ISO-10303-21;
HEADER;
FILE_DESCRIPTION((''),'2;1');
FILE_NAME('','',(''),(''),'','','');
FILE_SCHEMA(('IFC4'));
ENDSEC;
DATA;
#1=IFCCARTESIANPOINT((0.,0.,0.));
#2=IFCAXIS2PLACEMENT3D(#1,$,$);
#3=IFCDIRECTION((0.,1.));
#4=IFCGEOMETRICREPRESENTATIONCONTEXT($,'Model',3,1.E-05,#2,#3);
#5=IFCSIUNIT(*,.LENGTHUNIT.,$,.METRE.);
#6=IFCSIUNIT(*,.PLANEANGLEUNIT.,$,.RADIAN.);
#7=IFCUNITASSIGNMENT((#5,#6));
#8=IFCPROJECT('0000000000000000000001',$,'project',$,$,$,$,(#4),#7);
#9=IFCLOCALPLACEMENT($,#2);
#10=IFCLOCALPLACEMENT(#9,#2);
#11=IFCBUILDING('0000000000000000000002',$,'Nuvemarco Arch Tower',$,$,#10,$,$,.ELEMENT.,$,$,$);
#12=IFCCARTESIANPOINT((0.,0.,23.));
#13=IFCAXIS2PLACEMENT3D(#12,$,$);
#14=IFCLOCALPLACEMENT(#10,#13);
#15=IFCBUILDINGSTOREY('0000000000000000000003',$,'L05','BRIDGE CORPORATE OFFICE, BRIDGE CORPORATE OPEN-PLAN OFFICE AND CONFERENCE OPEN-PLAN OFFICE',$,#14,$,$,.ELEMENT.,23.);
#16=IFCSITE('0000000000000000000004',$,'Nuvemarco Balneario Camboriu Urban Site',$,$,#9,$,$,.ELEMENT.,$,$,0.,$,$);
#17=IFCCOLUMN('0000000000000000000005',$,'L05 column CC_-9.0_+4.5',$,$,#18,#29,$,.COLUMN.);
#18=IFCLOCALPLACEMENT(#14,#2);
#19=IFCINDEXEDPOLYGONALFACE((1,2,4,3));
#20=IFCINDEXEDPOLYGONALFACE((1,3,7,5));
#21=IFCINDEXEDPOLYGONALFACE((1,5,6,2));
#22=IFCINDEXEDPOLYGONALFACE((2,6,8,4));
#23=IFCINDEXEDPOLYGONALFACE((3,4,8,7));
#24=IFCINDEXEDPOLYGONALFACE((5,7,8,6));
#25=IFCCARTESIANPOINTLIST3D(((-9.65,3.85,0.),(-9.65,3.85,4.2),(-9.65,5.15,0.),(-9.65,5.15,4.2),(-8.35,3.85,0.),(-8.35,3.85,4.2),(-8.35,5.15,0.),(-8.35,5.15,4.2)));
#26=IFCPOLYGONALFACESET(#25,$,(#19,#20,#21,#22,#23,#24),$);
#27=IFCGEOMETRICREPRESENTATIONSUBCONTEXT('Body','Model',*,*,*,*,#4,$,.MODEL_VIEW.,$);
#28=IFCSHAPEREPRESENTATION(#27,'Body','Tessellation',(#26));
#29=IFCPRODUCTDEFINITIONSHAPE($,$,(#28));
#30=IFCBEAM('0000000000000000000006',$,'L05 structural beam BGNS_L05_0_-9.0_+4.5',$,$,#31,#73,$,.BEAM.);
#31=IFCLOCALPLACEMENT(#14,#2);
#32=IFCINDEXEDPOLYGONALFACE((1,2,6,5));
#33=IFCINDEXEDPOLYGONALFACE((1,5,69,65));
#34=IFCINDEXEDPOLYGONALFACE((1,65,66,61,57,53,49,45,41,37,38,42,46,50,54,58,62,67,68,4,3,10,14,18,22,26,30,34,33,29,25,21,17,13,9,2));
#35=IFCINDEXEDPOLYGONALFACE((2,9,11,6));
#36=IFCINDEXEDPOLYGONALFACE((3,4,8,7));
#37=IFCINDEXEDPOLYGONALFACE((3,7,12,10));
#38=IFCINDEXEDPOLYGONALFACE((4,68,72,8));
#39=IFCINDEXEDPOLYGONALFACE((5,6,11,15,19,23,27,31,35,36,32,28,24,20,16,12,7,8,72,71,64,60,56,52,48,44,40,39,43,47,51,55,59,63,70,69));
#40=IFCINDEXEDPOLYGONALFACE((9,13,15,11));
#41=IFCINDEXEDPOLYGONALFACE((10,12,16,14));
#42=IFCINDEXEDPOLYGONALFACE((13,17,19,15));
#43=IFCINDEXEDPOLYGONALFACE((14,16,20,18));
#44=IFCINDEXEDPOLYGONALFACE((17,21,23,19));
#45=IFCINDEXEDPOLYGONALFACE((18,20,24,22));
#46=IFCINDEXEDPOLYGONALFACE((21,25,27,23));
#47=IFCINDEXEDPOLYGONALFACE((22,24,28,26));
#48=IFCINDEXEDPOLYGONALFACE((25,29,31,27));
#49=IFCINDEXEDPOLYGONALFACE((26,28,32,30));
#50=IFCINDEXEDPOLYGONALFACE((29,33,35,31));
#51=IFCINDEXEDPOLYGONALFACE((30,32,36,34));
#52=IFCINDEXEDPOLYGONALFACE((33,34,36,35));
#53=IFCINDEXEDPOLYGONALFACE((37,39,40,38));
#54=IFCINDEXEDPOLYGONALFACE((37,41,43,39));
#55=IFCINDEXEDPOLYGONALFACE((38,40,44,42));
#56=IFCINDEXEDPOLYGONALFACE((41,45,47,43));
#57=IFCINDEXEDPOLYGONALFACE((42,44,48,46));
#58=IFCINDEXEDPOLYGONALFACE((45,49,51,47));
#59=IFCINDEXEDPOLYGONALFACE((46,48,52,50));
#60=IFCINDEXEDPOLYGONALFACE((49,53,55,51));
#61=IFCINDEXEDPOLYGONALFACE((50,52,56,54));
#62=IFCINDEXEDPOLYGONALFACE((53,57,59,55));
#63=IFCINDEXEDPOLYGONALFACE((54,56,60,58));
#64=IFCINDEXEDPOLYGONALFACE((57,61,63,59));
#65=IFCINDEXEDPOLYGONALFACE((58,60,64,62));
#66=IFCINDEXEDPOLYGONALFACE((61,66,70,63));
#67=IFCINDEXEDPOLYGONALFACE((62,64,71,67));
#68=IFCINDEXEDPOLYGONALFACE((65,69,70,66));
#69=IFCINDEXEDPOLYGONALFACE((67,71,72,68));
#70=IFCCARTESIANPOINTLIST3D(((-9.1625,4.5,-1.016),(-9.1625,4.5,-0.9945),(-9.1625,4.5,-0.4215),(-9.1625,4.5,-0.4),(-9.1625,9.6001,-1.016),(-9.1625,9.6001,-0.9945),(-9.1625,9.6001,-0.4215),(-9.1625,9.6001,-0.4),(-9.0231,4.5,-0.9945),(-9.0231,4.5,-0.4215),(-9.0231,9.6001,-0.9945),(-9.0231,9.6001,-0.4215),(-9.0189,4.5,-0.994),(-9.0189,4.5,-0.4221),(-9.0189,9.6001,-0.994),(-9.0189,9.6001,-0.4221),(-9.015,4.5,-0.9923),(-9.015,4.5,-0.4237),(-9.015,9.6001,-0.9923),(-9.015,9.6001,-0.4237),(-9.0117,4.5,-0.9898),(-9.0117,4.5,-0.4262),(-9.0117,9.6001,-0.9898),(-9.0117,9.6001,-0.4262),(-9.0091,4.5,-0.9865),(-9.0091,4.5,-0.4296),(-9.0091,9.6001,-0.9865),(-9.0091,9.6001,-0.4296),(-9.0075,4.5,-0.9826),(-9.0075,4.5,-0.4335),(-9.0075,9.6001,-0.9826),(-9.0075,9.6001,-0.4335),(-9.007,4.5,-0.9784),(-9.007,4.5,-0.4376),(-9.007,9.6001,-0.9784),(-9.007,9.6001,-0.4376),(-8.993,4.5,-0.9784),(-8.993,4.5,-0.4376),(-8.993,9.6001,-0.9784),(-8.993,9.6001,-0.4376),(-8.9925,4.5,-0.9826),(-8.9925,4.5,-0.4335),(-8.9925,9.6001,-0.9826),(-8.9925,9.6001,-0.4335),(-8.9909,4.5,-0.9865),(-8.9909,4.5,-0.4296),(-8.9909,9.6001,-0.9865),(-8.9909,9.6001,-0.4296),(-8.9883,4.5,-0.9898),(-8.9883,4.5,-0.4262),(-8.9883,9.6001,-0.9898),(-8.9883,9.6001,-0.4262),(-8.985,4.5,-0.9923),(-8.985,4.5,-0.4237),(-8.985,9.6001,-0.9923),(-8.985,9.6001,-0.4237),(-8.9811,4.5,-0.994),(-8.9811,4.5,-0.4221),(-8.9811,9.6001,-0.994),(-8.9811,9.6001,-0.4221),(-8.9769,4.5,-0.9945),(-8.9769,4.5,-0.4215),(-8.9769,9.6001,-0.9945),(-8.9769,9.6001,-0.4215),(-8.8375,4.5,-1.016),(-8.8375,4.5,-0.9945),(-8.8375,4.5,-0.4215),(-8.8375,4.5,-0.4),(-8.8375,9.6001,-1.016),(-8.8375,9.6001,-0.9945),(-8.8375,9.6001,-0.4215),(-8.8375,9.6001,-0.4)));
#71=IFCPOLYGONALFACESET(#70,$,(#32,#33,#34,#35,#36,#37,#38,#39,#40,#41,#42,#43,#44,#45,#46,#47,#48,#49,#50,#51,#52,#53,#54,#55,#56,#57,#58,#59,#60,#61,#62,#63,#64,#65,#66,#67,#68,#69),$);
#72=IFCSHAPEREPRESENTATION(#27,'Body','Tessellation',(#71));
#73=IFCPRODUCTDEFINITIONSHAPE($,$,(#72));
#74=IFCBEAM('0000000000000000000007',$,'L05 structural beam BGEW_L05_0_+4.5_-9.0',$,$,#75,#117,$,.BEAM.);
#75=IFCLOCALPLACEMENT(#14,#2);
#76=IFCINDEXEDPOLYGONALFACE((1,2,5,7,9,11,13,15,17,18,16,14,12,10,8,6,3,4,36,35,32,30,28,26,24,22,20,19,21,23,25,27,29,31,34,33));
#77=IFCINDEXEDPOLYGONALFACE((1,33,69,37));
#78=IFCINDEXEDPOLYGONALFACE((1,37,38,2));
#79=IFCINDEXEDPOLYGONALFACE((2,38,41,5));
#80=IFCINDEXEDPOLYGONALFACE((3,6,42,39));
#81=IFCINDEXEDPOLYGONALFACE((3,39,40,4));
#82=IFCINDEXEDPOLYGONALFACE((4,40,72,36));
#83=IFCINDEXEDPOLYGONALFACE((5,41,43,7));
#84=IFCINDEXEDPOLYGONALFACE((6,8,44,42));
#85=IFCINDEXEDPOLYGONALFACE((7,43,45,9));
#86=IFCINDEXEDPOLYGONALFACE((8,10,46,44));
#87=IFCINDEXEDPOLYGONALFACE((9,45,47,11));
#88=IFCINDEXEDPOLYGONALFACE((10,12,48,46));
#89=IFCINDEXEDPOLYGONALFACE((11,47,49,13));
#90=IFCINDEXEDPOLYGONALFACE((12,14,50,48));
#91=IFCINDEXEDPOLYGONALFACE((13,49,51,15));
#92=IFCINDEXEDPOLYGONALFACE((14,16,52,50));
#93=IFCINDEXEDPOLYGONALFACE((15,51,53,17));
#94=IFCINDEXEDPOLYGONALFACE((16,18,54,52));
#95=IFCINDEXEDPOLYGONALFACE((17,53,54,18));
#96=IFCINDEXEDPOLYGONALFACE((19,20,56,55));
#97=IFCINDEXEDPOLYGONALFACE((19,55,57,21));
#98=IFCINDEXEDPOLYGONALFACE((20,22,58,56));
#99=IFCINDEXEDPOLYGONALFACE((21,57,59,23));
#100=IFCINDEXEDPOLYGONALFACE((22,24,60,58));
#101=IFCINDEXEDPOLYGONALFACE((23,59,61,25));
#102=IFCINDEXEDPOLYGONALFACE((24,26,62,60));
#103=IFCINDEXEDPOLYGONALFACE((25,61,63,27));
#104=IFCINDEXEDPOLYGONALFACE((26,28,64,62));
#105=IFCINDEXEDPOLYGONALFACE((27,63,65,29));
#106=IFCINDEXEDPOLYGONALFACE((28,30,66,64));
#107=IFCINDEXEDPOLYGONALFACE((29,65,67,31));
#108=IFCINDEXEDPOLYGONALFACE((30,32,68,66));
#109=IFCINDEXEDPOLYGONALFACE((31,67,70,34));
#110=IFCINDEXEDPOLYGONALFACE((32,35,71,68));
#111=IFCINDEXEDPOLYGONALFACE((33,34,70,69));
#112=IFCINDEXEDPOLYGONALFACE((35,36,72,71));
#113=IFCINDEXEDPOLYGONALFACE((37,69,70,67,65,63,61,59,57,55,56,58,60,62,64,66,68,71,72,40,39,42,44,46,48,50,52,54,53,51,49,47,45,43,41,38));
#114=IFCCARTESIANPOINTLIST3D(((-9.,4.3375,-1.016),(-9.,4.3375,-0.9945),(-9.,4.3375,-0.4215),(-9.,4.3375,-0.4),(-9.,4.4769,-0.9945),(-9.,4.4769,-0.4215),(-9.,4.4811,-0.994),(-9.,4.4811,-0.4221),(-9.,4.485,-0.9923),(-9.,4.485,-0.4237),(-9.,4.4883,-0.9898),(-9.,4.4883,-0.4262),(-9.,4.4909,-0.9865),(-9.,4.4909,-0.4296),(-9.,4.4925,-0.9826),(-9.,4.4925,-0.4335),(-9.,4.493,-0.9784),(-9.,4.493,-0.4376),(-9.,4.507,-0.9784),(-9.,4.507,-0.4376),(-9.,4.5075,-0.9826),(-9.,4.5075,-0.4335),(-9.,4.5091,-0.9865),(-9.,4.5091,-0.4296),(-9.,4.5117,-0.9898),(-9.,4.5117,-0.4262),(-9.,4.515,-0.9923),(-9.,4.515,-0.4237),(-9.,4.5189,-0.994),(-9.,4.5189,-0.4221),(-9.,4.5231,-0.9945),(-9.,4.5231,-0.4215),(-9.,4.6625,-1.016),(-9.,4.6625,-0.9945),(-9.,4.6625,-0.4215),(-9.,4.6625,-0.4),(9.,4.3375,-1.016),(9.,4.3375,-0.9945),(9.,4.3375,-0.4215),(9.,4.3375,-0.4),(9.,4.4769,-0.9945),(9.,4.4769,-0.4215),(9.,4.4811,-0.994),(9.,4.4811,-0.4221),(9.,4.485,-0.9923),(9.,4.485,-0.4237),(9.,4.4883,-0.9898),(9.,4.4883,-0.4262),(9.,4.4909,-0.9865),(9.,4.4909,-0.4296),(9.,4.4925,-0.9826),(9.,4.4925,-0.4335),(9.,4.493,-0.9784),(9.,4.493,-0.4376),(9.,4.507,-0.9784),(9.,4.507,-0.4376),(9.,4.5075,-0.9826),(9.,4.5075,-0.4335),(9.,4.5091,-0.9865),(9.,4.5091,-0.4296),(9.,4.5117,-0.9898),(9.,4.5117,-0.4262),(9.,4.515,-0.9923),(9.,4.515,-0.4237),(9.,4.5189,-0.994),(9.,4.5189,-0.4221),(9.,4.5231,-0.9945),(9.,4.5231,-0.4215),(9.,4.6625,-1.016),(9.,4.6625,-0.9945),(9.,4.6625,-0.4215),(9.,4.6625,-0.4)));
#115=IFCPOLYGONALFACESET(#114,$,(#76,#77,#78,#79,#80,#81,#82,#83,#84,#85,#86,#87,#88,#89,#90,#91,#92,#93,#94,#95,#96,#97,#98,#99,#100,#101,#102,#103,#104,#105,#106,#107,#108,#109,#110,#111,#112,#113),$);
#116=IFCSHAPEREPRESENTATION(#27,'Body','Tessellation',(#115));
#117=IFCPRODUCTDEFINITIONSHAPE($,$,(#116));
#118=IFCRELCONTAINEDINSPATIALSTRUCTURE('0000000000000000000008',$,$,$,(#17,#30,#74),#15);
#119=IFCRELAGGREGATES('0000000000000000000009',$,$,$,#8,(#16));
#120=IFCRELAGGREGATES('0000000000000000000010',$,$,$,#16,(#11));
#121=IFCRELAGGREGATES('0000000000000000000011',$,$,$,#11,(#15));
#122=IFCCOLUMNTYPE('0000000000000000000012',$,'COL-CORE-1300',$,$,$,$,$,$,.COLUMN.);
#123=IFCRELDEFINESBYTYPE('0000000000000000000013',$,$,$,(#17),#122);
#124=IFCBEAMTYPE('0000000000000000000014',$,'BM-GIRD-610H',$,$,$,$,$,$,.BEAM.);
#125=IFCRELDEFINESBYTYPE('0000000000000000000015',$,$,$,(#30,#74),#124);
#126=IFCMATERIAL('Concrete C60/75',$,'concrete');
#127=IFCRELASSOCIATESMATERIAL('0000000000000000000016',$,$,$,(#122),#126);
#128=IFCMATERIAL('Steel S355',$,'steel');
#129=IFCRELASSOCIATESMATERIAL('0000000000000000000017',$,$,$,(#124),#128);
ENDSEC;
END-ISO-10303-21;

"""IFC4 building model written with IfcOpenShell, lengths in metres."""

from ifc_helpers import new_model, si_unit, direction, frame, origin, origin_2d, place, context, subcontext, project, spatial, rectangle, i_section, extrude, material, material_profile, profile_set, type_object, element, save


model = new_model("IFC4")

# Units and contexts
model_context = context("Model", 3, precision=1e-05, world=origin(), true_north=direction((0.0, 1.0)))
body_context = subcontext(model_context, "Body", "Model", "MODEL_VIEW")
ifc_project = project(units=[si_unit("LENGTHUNIT", "METRE"), si_unit("PLANEANGLEUNIT", "RADIAN")], contexts=[model_context])

# Site, building, storey
site_placement = place(None, origin())
site = spatial("IfcSite", under=ifc_project, at=site_placement, Name="Nuvemarco Balneario Camboriu Urban Site", CompositionType="ELEMENT", RefElevation=0.0)
building_placement = place(site_placement, origin())
building = spatial("IfcBuilding", under=site, at=building_placement, Name="Nuvemarco Arch Tower", CompositionType="ELEMENT")
storey_placement = place(building_placement, frame((0.0, 0.0, 23.0)))
storey = spatial("IfcBuildingStorey", under=building, at=storey_placement, Name="L05", Description="BRIDGE CORPORATE OFFICE, BRIDGE CORPORATE OPEN-PLAN OFFICE AND CONFERENCE OPEN-PLAN OFFICE", CompositionType="ELEMENT", Elevation=23.0)

# Column
ifc_material_1 = material(Name="Concrete C60/75", Category="concrete")
ifc_material_profile_1 = material_profile(ifc_material_1, rectangle(XDim=1.3, YDim=1.3, at=origin_2d()), Name="RC-COL-1300x1300")
ifc_profile_set_1 = profile_set([ifc_material_profile_1], Name="Concrete C60/75")
column_type = type_object("IfcColumnType", Name="COL-CORE-1300", PredefinedType="COLUMN", material=ifc_profile_set_1)
column_placement = place(storey_placement, frame((-9.0, 4.5, 0.0), z_axis=(0.0, 0.0, 1.0), x_axis=(1.0, 0.0, 0.0)))
element("IfcColumn", 1, at=column_placement, inside=storey, type_object=column_type, Name="L05 column CC_-9.0_+4.5", PredefinedType="COLUMN", context=body_context, shape_type="SweptSolid", body=[
    extrude(rectangle(XDim=1.3, YDim=1.3, at=origin_2d()), origin(), (0.0, 0.0, 1.0), 4.2),
])

# Beams
ifc_material_2 = material(Name="Steel S355", Category="steel")
ifc_material_profile_2 = material_profile(ifc_material_2, i_section(OverallWidth=0.325, OverallDepth=0.616, WebThickness=0.0139, FlangeThickness=0.0215, FilletRadius=0.0161, at=origin_2d()), Name="W610x174")
ifc_profile_set_2 = profile_set([ifc_material_profile_2], Name="Steel S355")
beam_type = type_object("IfcBeamType", Name="BM-GIRD-610H", PredefinedType="BEAM", material=ifc_profile_set_2)
beam_1_placement = place(storey_placement, frame((-9.0, 4.5, -0.708), z_axis=(0.0, 1.0, 0.0), x_axis=(-1.0, 0.0, 0.0)))
element("IfcBeam", 2, at=beam_1_placement, inside=storey, type_object=beam_type, Name="L05 structural beam BGNS_L05_0_-9.0_+4.5", PredefinedType="BEAM", context=body_context, shape_type="SweptSolid", body=[
    extrude(i_section(OverallWidth=0.325, OverallDepth=0.616, WebThickness=0.0139, FlangeThickness=0.0215, FilletRadius=0.0161, at=origin_2d()), origin(), (0.0, 0.0, 1.0), 5.1001),
])
beam_2_placement = place(storey_placement, frame((-9.0, 4.5, -0.708), z_axis=(1.0, 0.0, 0.0), x_axis=(0.0, 1.0, 0.0)))
element("IfcBeam", 3, at=beam_2_placement, inside=storey, type_object=beam_type, Name="L05 structural beam BGEW_L05_0_+4.5_-9.0", PredefinedType="BEAM", context=body_context, shape_type="SweptSolid", body=[
    extrude(i_section(OverallWidth=0.325, OverallDepth=0.616, WebThickness=0.0139, FlangeThickness=0.0215, FilletRadius=0.0161, at=origin_2d()), origin(), (0.0, 0.0, 1.0), 18.0),
])

save(model, "model.ifc")
